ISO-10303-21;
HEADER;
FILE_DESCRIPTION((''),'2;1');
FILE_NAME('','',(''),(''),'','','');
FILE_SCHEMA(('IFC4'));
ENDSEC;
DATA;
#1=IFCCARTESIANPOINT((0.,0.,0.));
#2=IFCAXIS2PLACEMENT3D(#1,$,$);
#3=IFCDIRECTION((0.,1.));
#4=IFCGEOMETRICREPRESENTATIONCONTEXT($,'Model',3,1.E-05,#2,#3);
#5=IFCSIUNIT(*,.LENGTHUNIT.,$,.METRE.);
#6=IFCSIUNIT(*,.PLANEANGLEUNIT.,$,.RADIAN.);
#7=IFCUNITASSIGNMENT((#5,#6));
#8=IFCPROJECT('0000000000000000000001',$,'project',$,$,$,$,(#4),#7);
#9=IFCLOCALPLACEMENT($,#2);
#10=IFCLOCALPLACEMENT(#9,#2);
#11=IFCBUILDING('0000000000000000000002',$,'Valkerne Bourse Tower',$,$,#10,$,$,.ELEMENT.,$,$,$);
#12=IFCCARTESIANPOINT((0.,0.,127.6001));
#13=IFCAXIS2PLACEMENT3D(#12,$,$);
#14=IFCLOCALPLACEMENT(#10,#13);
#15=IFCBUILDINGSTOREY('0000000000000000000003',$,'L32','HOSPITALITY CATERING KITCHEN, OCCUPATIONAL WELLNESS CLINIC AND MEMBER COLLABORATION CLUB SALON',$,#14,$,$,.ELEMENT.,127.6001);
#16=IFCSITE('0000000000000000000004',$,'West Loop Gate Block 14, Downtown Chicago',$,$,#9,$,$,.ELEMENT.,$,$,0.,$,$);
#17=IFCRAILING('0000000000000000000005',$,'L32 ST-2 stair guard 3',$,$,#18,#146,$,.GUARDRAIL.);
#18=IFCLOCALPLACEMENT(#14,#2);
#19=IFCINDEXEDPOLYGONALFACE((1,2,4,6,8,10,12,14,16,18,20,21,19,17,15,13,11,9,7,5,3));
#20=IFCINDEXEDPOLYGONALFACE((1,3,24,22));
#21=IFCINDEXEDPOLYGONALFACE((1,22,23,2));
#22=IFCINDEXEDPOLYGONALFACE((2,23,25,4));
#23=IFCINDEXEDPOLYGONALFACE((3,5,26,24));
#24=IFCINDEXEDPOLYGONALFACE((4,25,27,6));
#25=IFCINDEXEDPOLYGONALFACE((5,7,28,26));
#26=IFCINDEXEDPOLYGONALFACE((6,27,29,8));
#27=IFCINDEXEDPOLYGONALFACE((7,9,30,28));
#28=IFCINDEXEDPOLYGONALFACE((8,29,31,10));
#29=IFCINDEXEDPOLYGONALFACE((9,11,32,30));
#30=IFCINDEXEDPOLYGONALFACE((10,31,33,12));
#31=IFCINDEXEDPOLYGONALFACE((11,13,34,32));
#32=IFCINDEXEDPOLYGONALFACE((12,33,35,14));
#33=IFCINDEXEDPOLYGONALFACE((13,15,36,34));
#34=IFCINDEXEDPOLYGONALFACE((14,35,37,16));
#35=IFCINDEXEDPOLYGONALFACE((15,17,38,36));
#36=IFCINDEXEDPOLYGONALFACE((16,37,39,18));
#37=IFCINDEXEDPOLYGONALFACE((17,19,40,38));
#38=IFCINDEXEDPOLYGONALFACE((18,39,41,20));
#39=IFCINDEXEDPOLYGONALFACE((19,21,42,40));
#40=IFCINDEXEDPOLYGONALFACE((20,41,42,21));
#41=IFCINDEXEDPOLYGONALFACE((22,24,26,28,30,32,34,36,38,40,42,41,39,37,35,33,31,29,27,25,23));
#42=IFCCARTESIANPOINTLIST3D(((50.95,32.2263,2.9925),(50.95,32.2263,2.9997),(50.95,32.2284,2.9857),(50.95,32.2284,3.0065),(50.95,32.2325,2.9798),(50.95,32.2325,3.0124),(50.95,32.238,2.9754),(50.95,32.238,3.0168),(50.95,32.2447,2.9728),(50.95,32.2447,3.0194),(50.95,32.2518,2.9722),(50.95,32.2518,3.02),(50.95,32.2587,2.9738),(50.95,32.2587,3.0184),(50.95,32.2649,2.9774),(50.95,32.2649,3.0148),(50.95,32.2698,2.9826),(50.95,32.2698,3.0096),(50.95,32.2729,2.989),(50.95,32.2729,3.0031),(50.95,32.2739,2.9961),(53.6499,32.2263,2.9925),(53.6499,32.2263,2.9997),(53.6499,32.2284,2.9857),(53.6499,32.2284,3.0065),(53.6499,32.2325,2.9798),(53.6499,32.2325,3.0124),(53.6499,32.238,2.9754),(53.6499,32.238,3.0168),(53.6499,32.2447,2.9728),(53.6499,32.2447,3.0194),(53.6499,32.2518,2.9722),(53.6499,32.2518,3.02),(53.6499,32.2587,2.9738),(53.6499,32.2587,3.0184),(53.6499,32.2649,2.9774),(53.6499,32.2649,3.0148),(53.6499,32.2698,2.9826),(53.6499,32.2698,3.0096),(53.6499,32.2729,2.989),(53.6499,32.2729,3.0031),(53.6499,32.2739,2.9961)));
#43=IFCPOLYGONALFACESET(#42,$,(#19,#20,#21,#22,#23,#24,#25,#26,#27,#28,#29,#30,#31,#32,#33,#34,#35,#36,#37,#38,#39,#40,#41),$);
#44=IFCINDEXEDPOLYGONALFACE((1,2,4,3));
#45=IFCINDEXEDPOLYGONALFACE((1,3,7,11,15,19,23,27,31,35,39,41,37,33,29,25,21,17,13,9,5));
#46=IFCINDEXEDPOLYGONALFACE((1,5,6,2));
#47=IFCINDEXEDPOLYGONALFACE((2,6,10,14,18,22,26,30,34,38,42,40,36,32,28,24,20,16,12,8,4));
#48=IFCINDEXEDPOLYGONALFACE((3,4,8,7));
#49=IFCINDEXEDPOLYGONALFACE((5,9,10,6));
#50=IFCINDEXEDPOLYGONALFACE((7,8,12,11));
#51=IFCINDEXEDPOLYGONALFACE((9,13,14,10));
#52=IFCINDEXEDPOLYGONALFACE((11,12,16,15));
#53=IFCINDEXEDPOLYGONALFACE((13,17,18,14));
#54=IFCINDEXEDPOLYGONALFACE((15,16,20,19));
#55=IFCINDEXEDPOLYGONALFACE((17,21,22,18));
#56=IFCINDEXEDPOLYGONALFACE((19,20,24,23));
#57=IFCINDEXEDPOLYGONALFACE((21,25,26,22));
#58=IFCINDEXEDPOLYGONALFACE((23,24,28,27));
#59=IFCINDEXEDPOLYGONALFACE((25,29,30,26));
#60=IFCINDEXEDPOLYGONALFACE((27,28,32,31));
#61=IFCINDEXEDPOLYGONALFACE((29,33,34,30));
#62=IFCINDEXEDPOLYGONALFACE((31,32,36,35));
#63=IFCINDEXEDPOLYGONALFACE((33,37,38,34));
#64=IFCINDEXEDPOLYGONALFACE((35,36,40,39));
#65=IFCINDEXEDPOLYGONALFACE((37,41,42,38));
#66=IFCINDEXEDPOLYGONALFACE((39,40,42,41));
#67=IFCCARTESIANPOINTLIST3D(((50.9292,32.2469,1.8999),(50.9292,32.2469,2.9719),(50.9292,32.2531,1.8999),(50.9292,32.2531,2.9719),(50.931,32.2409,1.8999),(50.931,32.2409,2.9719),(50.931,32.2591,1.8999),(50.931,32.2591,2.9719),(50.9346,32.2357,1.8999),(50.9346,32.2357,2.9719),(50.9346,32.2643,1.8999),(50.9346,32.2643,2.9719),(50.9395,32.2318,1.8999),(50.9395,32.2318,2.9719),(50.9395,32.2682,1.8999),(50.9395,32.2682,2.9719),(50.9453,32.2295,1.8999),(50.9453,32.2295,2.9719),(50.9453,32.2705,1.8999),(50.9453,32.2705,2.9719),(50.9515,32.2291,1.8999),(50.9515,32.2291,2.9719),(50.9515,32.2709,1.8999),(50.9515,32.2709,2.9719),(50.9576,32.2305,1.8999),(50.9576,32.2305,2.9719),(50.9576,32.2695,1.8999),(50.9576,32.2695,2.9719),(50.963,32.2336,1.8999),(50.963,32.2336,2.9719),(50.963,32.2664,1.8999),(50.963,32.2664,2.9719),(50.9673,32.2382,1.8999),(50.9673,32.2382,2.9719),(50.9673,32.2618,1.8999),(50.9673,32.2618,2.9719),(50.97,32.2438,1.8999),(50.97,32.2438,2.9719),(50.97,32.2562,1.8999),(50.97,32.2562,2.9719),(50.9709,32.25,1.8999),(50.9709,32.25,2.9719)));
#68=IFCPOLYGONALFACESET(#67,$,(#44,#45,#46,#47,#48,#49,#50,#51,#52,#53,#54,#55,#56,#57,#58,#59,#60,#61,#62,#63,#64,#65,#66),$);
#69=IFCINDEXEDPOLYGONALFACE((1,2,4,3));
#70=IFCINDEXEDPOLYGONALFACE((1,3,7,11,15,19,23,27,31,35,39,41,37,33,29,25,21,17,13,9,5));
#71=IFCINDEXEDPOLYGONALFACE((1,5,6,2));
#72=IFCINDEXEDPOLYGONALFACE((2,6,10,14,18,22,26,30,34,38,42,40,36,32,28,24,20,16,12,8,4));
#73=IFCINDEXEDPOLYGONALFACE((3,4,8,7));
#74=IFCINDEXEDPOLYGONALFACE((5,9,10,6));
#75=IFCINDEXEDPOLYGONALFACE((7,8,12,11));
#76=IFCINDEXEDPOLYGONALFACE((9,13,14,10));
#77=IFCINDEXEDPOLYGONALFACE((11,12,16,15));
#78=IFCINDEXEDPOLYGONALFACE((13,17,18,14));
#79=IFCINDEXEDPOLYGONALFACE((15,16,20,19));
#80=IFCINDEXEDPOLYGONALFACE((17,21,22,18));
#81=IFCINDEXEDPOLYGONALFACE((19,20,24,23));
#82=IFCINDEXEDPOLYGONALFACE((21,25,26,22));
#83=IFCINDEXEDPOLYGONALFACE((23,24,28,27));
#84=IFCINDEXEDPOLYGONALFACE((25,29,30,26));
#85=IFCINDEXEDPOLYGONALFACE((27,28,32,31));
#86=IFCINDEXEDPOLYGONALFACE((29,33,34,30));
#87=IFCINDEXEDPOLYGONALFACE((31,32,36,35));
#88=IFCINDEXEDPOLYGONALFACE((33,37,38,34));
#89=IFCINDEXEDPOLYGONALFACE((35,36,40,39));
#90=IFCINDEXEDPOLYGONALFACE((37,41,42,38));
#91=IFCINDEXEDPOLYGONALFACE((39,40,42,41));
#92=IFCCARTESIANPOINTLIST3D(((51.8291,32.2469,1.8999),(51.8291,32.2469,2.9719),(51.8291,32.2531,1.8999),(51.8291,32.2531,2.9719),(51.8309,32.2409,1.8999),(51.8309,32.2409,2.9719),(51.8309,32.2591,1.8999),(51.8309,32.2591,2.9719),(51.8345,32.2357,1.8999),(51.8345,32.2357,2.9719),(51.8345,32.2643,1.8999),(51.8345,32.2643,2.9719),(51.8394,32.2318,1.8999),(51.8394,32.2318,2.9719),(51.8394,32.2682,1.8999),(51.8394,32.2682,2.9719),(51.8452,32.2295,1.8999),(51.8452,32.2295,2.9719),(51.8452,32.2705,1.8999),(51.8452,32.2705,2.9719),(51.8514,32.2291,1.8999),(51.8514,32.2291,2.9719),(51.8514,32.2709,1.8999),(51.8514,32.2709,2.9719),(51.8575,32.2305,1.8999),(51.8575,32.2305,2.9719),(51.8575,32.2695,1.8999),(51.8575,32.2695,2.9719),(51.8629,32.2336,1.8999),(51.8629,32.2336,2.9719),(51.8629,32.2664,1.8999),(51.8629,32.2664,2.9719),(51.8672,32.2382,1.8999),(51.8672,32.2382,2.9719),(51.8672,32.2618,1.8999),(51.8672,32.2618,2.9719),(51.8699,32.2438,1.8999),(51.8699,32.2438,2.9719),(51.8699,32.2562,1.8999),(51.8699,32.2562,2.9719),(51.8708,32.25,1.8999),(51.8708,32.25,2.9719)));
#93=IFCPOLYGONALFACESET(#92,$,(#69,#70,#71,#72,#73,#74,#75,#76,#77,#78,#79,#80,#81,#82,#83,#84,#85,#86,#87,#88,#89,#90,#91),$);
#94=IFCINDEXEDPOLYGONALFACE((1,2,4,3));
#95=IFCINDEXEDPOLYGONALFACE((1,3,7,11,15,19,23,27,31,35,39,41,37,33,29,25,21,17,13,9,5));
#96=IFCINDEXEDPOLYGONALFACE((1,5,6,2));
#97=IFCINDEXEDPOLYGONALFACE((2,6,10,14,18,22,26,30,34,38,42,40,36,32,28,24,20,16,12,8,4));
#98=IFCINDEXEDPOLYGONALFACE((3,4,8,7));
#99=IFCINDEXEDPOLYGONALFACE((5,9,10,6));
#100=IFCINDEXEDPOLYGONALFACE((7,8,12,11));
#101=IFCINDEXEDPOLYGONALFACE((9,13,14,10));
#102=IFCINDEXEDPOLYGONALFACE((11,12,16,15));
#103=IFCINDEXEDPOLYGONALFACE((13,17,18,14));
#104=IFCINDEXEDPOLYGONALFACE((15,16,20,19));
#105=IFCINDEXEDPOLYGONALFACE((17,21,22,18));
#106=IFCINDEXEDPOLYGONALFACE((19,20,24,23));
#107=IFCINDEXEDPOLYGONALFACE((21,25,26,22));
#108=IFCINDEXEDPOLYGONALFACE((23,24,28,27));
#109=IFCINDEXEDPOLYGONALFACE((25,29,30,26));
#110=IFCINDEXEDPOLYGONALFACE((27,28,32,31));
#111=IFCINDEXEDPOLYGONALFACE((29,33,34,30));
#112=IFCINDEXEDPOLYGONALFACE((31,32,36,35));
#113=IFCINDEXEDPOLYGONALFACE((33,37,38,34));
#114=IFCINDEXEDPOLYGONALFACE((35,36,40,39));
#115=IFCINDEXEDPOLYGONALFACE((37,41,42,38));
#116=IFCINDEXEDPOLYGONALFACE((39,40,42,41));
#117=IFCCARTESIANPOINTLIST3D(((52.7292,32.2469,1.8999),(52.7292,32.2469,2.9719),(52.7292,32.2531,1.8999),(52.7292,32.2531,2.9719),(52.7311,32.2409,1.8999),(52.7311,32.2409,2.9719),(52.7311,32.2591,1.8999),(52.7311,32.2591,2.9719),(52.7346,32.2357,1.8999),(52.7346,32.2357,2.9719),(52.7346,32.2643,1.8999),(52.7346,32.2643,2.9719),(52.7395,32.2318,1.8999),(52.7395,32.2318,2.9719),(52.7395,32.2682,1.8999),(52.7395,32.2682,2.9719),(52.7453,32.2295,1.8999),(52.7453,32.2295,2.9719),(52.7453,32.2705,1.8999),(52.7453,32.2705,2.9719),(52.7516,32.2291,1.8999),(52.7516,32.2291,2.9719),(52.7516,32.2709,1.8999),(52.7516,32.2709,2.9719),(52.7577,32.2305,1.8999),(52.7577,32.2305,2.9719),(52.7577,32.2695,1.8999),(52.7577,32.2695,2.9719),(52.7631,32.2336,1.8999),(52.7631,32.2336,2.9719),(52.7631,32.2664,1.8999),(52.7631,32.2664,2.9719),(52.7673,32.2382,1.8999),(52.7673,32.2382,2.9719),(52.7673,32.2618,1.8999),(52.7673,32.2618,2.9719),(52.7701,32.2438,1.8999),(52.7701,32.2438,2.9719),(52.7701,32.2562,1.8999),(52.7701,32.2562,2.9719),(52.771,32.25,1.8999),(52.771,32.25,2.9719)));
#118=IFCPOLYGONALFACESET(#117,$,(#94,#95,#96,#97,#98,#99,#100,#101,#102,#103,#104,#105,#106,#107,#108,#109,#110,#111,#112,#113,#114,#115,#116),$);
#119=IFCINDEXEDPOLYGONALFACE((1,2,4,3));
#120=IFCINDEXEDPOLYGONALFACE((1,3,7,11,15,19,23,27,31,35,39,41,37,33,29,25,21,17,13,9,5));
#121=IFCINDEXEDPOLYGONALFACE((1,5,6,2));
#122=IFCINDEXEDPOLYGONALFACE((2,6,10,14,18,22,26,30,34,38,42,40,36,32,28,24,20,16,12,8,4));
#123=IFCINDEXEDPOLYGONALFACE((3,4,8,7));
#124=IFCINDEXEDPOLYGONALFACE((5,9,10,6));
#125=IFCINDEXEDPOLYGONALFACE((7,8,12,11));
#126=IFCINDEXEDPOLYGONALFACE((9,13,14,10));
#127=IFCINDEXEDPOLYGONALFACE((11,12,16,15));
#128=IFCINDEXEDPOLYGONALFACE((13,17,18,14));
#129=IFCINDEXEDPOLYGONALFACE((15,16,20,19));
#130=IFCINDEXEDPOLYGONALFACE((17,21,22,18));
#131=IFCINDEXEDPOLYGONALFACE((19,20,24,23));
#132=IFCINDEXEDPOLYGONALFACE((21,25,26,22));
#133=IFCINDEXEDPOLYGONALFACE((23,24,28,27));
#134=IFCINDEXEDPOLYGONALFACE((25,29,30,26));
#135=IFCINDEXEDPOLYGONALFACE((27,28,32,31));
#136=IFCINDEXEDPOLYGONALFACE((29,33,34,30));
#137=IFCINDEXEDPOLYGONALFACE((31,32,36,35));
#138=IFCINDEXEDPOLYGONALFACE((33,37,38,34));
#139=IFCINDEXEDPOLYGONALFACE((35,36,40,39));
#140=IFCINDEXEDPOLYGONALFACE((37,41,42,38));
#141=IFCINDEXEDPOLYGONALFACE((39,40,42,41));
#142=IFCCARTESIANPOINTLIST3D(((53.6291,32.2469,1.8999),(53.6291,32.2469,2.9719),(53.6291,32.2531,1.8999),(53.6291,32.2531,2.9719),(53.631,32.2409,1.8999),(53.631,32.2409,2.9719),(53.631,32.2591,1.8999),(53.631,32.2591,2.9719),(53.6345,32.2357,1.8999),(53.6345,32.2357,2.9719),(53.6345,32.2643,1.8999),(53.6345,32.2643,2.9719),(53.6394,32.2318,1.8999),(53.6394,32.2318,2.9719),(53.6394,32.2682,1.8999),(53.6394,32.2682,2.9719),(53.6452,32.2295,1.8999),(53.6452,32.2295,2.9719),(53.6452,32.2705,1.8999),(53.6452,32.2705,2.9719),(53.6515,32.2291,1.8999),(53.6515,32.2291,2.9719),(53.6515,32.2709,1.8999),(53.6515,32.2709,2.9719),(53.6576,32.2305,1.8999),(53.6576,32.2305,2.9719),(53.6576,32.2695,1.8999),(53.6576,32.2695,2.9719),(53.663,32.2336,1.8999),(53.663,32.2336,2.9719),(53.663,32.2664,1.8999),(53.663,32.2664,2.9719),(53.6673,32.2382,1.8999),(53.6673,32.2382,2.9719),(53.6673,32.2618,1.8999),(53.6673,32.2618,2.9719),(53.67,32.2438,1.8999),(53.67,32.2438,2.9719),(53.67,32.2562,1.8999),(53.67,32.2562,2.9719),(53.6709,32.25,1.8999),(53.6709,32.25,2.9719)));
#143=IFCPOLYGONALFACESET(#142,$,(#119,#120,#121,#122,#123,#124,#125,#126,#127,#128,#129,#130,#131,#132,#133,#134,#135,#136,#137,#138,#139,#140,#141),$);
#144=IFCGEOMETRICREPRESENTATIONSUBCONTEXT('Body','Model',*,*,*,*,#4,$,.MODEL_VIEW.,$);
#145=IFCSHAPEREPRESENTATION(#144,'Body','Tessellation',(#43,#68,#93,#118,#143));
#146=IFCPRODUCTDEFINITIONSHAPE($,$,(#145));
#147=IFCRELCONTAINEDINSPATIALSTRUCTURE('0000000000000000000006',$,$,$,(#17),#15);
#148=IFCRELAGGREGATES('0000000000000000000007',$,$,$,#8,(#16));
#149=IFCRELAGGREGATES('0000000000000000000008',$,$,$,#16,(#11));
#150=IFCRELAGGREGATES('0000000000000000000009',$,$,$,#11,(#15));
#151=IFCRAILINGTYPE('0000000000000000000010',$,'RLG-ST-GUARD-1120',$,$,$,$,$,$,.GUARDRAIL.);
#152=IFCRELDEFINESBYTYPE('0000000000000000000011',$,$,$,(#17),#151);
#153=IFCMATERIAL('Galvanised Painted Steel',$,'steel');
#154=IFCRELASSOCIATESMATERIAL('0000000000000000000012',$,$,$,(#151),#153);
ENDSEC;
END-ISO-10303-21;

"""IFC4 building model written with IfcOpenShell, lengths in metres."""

from ifc_helpers import new_model, si_unit, direction, frame, origin, origin_2d, place, context, subcontext, project, spatial, circle, extrude, material, type_object, element, save


model = new_model("IFC4")

# Units and contexts
model_context = context("Model", 3, precision=1e-05, world=origin(), true_north=direction((0.0, 1.0)))
body_context = subcontext(model_context, "Body", "Model", "MODEL_VIEW")
ifc_project = project(units=[si_unit("LENGTHUNIT", "METRE"), si_unit("PLANEANGLEUNIT", "RADIAN")], contexts=[model_context])

# Site, building, storey
site_placement = place(None, origin())
site = spatial("IfcSite", under=ifc_project, at=site_placement, Name="West Loop Gate Block 14, Downtown Chicago", CompositionType="ELEMENT", RefElevation=0.0)
building_placement = place(site_placement, origin())
building = spatial("IfcBuilding", under=site, at=building_placement, Name="Valkerne Bourse Tower", CompositionType="ELEMENT")
storey_placement = place(building_placement, frame((0.0, 0.0, 127.6001)))
storey = spatial("IfcBuildingStorey", under=building, at=storey_placement, Name="L32", Description="HOSPITALITY CATERING KITCHEN, OCCUPATIONAL WELLNESS CLINIC AND MEMBER COLLABORATION CLUB SALON", CompositionType="ELEMENT", Elevation=127.6001)

# Shared definitions
ifc_material_1 = material(Name="Galvanised Painted Steel", Category="steel")

# Railing
railing_type_1 = type_object("IfcRailingType", Name="RLG-ST-GUARD-1120", PredefinedType="GUARDRAIL", material=ifc_material_1)
for number, where, name in (
    (1, (50.95, 32.25, 1.8999), "L32 ST-2 stair guard 3"),
):
    element("IfcRailing", number, at=place(storey_placement, frame(where)), inside=storey, type_object=railing_type_1, Name=name, PredefinedType="GUARDRAIL", context=body_context, shape_type="SweptSolid", body=[
        extrude(circle(Radius=0.0239, at=origin_2d()), frame((0.0, 0.0, 1.0962), z_axis=(1.0, 0.0, 0.0), x_axis=(0.0, 1.0, 0.0)), (0.0, 0.0, 1.0), 2.7),
        extrude(circle(Radius=0.021, at=origin_2d()), origin(), (0.0, 0.0, 1.0), 1.072),
        extrude(circle(Radius=0.021, at=origin_2d()), frame((0.8999, 0.0, 0.0)), (0.0, 0.0, 1.0), 1.072),
        extrude(circle(Radius=0.021, at=origin_2d()), frame((1.8, 0.0, 0.0)), (0.0, 0.0, 1.0), 1.072),
        extrude(circle(Radius=0.021, at=origin_2d()), frame((2.7, 0.0, 0.0)), (0.0, 0.0, 1.0), 1.072),
    ])

save(model, "model.ifc")
